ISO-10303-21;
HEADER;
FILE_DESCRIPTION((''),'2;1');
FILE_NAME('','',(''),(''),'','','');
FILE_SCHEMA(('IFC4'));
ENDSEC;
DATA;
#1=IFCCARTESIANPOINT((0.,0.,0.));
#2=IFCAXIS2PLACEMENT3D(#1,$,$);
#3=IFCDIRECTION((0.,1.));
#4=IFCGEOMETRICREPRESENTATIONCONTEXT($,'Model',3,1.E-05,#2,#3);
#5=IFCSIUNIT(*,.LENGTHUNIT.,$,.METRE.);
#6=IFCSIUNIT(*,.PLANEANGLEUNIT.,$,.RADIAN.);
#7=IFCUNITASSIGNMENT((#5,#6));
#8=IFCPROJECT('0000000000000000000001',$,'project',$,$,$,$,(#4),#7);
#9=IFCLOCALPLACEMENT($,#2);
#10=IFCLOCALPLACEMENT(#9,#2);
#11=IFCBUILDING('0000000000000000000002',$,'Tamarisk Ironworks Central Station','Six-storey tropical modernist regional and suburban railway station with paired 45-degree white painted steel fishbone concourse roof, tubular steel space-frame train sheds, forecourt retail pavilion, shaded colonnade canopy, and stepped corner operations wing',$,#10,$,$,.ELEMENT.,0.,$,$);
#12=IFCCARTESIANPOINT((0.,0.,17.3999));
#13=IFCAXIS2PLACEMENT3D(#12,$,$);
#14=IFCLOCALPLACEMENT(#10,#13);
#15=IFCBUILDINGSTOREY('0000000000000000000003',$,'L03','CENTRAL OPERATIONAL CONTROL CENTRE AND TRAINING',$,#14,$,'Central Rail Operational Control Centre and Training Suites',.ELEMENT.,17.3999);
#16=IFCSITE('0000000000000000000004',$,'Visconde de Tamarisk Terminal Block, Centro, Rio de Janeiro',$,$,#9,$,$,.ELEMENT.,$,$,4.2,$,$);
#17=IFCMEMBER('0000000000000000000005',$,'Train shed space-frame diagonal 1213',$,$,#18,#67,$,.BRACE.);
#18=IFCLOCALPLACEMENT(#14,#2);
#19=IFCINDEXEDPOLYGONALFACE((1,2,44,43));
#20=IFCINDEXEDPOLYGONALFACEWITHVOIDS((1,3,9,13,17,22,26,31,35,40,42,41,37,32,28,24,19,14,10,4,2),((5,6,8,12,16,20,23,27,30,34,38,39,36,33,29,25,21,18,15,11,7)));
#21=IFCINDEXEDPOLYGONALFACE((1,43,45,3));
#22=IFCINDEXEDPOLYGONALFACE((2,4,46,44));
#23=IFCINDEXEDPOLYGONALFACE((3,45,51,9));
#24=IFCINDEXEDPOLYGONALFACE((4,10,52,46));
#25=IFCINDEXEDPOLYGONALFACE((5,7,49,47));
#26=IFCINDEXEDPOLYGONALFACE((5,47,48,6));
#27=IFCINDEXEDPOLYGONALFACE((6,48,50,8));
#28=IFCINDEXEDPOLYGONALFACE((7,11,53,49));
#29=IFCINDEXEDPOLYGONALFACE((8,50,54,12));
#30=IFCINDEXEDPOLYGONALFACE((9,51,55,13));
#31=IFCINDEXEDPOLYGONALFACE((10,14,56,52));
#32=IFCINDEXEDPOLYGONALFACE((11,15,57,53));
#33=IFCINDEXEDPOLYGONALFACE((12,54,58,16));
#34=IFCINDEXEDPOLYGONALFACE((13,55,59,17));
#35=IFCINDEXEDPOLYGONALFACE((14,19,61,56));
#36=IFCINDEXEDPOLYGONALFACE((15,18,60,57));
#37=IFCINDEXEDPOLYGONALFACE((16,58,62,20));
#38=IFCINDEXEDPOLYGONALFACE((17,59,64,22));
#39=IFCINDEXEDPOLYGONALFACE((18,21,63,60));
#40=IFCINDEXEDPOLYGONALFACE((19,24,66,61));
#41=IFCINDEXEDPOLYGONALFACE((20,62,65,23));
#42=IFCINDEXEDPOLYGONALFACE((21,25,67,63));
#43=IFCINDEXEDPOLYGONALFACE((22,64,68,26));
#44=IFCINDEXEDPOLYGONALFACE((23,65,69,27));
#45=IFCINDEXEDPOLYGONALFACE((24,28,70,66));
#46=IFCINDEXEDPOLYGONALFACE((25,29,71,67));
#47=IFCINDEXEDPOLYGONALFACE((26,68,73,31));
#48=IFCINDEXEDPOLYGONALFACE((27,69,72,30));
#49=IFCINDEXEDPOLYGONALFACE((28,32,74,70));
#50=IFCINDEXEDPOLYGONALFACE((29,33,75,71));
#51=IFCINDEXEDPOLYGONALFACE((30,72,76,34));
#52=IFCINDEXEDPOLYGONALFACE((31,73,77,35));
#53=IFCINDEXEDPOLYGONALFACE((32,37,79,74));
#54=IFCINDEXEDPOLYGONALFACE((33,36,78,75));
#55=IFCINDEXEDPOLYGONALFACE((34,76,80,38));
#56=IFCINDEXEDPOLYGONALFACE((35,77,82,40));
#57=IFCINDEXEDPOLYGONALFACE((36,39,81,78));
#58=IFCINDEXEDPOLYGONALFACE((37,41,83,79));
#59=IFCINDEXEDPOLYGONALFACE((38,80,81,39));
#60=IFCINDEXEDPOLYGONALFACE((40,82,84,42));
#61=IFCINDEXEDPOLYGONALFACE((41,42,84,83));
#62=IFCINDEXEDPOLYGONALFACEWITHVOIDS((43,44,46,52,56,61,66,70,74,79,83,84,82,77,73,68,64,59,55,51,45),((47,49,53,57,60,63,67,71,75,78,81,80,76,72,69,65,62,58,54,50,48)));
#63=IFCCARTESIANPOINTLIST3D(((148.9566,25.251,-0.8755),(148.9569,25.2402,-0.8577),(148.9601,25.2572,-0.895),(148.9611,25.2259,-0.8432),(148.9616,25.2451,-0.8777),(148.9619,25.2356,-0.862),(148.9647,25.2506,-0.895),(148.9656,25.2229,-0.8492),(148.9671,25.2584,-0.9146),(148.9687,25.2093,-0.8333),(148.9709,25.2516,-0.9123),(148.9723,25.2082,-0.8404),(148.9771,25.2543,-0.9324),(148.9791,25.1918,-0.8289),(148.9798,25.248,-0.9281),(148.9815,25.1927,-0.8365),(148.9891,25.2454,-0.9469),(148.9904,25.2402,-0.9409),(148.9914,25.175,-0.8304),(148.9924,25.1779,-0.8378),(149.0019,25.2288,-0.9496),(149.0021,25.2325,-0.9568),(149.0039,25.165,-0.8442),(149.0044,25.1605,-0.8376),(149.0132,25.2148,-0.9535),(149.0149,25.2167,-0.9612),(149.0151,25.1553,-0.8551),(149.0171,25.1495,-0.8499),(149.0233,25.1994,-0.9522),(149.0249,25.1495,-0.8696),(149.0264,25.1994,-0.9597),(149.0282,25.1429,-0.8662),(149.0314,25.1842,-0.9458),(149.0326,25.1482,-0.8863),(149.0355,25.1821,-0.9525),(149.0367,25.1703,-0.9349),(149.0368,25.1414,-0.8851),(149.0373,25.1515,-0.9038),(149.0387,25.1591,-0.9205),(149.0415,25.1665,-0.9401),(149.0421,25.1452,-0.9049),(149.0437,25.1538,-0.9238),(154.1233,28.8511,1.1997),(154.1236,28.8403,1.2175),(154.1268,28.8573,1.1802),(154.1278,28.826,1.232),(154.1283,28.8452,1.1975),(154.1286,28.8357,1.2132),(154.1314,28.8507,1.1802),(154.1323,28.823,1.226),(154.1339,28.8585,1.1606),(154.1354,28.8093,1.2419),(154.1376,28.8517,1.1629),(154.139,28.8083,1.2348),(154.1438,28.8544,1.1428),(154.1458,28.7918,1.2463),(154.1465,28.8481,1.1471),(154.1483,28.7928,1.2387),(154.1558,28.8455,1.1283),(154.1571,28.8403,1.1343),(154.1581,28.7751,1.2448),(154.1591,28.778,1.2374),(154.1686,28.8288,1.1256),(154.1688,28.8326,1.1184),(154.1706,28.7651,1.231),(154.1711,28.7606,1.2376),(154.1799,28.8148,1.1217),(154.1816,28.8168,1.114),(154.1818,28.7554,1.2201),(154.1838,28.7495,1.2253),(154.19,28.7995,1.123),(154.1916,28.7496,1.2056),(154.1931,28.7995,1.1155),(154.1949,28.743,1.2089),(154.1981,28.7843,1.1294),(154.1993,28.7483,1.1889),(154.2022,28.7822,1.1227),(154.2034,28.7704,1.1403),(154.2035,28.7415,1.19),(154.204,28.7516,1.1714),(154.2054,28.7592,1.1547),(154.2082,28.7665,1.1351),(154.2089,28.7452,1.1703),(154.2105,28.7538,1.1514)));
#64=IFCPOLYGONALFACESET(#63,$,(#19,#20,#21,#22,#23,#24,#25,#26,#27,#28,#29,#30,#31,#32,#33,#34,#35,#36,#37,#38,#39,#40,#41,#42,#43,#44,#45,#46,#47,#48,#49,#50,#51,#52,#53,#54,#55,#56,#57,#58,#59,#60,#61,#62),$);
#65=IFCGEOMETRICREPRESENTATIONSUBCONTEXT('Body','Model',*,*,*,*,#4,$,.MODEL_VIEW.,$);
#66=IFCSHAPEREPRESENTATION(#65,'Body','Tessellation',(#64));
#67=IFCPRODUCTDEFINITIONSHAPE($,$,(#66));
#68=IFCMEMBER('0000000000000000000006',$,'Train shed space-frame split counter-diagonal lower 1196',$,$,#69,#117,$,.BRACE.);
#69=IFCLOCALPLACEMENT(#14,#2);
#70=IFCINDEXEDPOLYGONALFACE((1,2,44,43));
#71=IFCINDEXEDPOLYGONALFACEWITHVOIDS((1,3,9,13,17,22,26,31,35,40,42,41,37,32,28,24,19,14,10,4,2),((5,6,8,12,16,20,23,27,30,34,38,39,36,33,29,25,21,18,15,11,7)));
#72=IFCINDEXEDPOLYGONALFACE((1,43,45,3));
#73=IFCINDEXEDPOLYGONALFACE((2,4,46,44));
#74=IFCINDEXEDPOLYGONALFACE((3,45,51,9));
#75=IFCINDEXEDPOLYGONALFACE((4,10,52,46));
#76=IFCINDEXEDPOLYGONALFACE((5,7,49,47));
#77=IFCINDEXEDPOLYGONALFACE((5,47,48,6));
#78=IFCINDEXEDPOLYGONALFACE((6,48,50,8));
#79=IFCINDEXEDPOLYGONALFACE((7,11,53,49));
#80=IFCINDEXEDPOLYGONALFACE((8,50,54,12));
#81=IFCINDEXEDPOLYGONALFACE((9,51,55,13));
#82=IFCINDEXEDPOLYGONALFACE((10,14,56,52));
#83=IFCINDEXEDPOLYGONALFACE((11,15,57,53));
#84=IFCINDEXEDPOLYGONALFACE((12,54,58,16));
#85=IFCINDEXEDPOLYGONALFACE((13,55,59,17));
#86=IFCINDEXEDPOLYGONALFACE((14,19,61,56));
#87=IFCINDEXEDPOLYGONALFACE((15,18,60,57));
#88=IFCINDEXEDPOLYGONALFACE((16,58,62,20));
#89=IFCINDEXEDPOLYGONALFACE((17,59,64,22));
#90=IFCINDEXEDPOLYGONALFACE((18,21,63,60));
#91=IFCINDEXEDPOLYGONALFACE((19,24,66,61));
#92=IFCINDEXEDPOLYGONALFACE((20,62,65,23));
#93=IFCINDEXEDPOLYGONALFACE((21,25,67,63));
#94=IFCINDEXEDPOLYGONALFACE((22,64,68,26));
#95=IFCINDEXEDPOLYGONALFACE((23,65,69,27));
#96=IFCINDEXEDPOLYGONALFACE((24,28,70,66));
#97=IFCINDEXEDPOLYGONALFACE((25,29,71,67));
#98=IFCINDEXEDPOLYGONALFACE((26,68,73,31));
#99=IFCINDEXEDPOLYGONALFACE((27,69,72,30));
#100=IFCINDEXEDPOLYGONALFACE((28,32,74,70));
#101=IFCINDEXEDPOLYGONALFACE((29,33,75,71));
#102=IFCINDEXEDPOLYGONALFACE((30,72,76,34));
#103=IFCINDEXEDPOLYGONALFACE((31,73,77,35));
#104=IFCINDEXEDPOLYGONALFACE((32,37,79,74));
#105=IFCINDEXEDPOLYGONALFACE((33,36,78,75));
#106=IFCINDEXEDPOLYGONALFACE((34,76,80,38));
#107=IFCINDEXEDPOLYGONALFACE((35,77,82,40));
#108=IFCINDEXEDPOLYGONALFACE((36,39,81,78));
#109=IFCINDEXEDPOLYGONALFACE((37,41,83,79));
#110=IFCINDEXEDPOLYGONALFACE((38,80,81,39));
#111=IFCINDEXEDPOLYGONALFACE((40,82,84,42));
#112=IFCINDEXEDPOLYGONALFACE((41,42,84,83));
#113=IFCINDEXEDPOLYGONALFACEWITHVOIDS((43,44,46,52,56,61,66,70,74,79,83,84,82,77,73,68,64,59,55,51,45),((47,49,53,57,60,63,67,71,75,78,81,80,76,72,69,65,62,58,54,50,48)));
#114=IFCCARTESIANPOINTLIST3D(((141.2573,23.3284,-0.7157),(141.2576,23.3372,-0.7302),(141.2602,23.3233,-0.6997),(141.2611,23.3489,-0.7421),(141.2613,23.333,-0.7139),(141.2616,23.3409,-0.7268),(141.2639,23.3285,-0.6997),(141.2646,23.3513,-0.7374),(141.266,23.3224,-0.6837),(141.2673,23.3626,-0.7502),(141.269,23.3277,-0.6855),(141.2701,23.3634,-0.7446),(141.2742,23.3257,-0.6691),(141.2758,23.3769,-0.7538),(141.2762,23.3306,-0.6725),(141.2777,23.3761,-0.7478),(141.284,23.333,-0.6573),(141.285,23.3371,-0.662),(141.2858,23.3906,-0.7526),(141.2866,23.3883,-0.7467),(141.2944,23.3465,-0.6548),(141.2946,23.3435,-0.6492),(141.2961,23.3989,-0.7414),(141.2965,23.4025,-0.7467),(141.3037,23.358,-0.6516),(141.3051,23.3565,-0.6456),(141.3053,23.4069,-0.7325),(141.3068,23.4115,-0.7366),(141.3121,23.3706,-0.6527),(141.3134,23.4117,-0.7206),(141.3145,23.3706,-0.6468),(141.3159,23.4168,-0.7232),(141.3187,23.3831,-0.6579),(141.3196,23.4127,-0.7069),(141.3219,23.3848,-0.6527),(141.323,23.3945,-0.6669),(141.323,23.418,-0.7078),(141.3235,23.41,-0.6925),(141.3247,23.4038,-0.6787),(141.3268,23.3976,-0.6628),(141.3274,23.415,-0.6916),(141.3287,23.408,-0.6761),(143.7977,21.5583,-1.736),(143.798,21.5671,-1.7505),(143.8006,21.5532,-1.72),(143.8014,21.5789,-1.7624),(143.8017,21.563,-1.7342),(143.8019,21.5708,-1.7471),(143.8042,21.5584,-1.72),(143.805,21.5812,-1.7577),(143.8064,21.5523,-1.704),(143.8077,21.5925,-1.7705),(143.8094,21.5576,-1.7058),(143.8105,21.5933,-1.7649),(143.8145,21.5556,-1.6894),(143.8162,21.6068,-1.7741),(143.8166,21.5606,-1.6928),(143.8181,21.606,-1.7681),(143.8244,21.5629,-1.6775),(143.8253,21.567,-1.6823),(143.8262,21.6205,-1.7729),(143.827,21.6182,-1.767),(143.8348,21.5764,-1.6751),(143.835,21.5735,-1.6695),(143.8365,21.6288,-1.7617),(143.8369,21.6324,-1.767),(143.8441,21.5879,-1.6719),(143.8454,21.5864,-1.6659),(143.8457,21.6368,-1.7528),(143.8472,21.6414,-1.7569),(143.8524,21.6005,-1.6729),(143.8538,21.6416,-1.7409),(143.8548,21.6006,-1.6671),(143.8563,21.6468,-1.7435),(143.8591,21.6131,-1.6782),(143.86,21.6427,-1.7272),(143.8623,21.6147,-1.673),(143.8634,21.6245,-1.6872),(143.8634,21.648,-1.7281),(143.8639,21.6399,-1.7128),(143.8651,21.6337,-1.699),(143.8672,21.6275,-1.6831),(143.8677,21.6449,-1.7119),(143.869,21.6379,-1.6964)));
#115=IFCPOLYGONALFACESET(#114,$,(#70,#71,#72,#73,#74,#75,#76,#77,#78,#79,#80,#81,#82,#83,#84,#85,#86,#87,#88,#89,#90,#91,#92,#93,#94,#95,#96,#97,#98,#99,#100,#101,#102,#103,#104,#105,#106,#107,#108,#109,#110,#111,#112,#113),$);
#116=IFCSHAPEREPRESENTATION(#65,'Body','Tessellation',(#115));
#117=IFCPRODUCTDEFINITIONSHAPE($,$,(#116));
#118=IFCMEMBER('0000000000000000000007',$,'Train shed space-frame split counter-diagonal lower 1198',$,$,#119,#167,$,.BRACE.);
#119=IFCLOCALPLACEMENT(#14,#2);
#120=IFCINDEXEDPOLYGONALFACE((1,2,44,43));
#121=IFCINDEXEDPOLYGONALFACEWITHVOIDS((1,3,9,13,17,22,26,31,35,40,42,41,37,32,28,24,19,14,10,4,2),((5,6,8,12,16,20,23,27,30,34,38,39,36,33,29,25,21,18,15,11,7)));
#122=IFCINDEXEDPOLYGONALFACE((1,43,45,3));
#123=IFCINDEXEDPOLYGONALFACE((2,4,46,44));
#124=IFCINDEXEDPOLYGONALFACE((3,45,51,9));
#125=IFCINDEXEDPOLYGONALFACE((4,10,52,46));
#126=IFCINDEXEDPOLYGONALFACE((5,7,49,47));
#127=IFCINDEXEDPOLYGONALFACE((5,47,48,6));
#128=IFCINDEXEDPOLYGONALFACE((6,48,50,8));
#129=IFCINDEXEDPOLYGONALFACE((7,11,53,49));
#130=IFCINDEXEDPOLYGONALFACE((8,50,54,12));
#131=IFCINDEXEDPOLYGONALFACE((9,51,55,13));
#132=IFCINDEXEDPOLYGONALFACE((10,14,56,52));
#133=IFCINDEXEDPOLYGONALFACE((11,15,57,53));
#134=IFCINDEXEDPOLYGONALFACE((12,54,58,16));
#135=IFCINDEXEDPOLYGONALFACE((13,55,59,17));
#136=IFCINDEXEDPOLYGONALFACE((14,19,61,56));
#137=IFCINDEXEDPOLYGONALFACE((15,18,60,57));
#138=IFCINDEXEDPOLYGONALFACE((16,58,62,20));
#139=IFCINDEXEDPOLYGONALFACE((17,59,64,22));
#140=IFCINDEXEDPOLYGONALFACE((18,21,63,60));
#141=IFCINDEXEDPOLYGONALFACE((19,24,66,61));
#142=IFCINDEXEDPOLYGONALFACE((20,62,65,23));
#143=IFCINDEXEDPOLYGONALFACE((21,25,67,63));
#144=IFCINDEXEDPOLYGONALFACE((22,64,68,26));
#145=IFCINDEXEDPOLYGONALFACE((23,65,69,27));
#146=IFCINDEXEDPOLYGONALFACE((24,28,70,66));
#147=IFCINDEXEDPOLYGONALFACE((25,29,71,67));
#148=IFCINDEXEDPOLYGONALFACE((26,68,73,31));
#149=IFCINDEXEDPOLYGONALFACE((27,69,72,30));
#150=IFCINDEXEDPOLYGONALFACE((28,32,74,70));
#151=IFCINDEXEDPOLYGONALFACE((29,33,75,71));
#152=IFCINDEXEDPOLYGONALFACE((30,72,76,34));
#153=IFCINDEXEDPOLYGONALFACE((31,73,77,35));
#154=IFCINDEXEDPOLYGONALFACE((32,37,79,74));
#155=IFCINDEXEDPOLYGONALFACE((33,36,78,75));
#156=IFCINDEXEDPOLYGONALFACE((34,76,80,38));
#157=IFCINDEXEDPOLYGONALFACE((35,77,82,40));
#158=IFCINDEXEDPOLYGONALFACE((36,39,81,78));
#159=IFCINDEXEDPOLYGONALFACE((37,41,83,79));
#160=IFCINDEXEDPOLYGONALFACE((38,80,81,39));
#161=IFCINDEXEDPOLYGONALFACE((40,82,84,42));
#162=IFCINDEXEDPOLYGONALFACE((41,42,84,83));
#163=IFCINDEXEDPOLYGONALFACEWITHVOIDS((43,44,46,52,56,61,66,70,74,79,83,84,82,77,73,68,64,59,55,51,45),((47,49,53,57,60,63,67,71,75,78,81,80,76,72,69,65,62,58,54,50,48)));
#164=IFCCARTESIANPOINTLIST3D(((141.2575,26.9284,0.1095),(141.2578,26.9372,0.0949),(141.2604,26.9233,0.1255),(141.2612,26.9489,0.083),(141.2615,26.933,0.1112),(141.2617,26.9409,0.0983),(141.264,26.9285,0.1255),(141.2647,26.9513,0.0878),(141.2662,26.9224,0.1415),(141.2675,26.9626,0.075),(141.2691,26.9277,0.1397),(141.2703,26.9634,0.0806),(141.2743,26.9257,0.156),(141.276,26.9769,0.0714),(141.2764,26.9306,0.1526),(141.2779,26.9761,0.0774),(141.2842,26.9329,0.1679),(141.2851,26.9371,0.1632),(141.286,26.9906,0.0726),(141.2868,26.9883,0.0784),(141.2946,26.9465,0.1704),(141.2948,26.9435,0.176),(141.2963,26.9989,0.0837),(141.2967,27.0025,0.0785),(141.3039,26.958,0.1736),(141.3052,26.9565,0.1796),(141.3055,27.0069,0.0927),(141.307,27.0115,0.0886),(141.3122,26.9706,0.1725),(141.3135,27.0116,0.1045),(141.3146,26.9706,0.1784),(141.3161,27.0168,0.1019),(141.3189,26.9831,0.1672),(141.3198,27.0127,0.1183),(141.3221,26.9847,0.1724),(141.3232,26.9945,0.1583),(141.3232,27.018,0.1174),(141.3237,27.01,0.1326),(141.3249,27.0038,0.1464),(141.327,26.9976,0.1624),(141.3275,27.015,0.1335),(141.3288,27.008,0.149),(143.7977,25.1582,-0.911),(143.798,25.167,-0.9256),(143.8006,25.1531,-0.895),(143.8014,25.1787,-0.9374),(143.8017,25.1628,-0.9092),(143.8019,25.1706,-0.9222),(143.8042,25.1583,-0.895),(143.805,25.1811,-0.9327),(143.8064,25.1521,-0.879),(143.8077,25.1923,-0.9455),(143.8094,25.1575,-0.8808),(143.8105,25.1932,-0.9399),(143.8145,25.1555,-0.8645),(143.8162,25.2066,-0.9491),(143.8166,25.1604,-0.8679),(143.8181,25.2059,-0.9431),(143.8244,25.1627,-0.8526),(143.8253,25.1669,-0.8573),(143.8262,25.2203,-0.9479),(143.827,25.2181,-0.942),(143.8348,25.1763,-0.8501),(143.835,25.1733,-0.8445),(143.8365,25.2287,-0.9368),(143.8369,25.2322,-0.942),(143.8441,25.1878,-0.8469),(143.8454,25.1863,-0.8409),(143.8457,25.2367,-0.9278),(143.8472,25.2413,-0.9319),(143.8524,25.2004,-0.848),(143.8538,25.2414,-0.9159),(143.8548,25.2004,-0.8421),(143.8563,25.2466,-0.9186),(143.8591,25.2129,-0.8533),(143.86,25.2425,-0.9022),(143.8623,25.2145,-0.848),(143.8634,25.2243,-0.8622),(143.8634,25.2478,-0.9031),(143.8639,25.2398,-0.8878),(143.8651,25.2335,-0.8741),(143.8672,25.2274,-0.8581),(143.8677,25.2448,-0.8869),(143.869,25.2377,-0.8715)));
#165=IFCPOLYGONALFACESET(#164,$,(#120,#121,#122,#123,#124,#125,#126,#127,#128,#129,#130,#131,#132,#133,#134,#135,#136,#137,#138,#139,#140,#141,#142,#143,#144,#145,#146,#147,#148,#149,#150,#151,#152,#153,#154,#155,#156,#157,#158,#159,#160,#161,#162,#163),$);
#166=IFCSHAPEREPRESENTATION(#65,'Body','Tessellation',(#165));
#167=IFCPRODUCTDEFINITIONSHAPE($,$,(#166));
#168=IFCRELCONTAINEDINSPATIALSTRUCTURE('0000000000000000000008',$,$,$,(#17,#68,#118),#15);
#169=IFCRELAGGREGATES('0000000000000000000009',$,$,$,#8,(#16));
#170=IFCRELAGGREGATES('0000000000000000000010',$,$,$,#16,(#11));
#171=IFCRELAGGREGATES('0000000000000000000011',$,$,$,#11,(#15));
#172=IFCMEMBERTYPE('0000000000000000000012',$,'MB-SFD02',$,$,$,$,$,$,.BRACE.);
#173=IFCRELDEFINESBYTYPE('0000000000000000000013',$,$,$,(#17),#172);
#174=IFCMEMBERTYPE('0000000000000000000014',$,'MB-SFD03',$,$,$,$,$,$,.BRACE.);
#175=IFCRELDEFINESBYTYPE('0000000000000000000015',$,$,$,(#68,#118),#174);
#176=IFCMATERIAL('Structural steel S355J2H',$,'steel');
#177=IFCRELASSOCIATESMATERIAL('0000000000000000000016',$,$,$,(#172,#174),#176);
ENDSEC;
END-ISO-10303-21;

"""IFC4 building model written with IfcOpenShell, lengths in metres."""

from ifc_helpers import new_model, si_unit, direction, frame, origin, origin_2d, place, context, subcontext, project, spatial, hollow_circle, extrude, material, material_profile, profile_set, type_object, element, save


model = new_model("IFC4")

# Units and contexts
model_context = context("Model", 3, precision=1e-05, world=origin(), true_north=direction((0.0, 1.0)))
body_context = subcontext(model_context, "Body", "Model", "MODEL_VIEW")
ifc_project = project(units=[si_unit("LENGTHUNIT", "METRE"), si_unit("PLANEANGLEUNIT", "RADIAN")], contexts=[model_context])

# Site, building, storey
site_placement = place(None, origin())
site = spatial("IfcSite", under=ifc_project, at=site_placement, Name="Visconde de Tamarisk Terminal Block, Centro, Rio de Janeiro", CompositionType="ELEMENT", RefElevation=4.2)
building_placement = place(site_placement, origin())
building = spatial("IfcBuilding", under=site, at=building_placement, Name="Tamarisk Ironworks Central Station", Description="Six-storey tropical modernist regional and suburban railway station with paired 45-degree white painted steel fishbone concourse roof, tubular steel space-frame train sheds, forecourt retail pavilion, shaded colonnade canopy, and stepped corner operations wing", CompositionType="ELEMENT", ElevationOfRefHeight=0.0)
storey_placement = place(building_placement, frame((0.0, 0.0, 17.3999)))
storey = spatial("IfcBuildingStorey", under=building, at=storey_placement, Name="L03", Description="CENTRAL OPERATIONAL CONTROL CENTRE AND TRAINING", LongName="Central Rail Operational Control Centre and Training Suites", CompositionType="ELEMENT", Elevation=17.3999)

# Members
ifc_material_1 = material(Name="Structural steel S355J2H", Category="steel")
ifc_material_profile_1 = material_profile(ifc_material_1, hollow_circle(Radius=0.0698, WallThickness=0.0081, at=origin_2d()), Name="CHS 139.7x8")
ifc_profile_set_1 = profile_set([ifc_material_profile_1], Name="Structural steel S355J2H")
member_type_1 = type_object("IfcMemberType", Name="MB-SFD02", PredefinedType="BRACE", material=ifc_profile_set_1)
member_1_placement = place(storey_placement, frame((149.0, 25.2, -0.895), z_axis=(0.779249, 0.542967, 0.312981), x_axis=(-0.571689, 0.82047, 0.0)))
element("IfcMember", 1, at=member_1_placement, inside=storey, type_object=member_type_1, Name="Train shed space-frame diagonal 1213", PredefinedType="BRACE", context=body_context, shape_type="SweptSolid", body=[
    extrude(hollow_circle(Radius=0.0698, WallThickness=0.0081, at=origin_2d()), origin(), (0.0, 0.0, 1.0), 6.6304),
])
ifc_material_profile_2 = material_profile(ifc_material_1, hollow_circle(Radius=0.0571, WallThickness=0.0063, at=origin_2d()), Name="CHS 114.3x6.3")
ifc_profile_set_2 = profile_set([ifc_material_profile_2], Name="Structural steel S355J2H")
member_type_2 = type_object("IfcMemberType", Name="MB-SFD03", PredefinedType="BRACE", material=ifc_profile_set_2)
for number, where, z_axis, x_axis, name in (
    (2, (143.8333, 21.6001, -1.72), (-0.779252, 0.542967, 0.312974), (-0.571688, -0.820471, 0.0), "Train shed space-frame split counter-diagonal lower 1196"),
    (3, (143.8333, 25.2, -0.895), (-0.779202, 0.543008, 0.313029), (-0.571741, -0.820434, 0.0), "Train shed space-frame split counter-diagonal lower 1198"),
):
    element("IfcMember", number, at=place(storey_placement, frame(where, z_axis=z_axis, x_axis=x_axis)), inside=storey, type_object=member_type_2, Name=name, PredefinedType="BRACE", context=body_context, shape_type="SweptSolid", body=[
        extrude(hollow_circle(Radius=0.0571, WallThickness=0.0063, at=origin_2d()), origin(), (0.0, 0.0, 1.0), 3.26),
    ])

save(model, "model.ifc")
